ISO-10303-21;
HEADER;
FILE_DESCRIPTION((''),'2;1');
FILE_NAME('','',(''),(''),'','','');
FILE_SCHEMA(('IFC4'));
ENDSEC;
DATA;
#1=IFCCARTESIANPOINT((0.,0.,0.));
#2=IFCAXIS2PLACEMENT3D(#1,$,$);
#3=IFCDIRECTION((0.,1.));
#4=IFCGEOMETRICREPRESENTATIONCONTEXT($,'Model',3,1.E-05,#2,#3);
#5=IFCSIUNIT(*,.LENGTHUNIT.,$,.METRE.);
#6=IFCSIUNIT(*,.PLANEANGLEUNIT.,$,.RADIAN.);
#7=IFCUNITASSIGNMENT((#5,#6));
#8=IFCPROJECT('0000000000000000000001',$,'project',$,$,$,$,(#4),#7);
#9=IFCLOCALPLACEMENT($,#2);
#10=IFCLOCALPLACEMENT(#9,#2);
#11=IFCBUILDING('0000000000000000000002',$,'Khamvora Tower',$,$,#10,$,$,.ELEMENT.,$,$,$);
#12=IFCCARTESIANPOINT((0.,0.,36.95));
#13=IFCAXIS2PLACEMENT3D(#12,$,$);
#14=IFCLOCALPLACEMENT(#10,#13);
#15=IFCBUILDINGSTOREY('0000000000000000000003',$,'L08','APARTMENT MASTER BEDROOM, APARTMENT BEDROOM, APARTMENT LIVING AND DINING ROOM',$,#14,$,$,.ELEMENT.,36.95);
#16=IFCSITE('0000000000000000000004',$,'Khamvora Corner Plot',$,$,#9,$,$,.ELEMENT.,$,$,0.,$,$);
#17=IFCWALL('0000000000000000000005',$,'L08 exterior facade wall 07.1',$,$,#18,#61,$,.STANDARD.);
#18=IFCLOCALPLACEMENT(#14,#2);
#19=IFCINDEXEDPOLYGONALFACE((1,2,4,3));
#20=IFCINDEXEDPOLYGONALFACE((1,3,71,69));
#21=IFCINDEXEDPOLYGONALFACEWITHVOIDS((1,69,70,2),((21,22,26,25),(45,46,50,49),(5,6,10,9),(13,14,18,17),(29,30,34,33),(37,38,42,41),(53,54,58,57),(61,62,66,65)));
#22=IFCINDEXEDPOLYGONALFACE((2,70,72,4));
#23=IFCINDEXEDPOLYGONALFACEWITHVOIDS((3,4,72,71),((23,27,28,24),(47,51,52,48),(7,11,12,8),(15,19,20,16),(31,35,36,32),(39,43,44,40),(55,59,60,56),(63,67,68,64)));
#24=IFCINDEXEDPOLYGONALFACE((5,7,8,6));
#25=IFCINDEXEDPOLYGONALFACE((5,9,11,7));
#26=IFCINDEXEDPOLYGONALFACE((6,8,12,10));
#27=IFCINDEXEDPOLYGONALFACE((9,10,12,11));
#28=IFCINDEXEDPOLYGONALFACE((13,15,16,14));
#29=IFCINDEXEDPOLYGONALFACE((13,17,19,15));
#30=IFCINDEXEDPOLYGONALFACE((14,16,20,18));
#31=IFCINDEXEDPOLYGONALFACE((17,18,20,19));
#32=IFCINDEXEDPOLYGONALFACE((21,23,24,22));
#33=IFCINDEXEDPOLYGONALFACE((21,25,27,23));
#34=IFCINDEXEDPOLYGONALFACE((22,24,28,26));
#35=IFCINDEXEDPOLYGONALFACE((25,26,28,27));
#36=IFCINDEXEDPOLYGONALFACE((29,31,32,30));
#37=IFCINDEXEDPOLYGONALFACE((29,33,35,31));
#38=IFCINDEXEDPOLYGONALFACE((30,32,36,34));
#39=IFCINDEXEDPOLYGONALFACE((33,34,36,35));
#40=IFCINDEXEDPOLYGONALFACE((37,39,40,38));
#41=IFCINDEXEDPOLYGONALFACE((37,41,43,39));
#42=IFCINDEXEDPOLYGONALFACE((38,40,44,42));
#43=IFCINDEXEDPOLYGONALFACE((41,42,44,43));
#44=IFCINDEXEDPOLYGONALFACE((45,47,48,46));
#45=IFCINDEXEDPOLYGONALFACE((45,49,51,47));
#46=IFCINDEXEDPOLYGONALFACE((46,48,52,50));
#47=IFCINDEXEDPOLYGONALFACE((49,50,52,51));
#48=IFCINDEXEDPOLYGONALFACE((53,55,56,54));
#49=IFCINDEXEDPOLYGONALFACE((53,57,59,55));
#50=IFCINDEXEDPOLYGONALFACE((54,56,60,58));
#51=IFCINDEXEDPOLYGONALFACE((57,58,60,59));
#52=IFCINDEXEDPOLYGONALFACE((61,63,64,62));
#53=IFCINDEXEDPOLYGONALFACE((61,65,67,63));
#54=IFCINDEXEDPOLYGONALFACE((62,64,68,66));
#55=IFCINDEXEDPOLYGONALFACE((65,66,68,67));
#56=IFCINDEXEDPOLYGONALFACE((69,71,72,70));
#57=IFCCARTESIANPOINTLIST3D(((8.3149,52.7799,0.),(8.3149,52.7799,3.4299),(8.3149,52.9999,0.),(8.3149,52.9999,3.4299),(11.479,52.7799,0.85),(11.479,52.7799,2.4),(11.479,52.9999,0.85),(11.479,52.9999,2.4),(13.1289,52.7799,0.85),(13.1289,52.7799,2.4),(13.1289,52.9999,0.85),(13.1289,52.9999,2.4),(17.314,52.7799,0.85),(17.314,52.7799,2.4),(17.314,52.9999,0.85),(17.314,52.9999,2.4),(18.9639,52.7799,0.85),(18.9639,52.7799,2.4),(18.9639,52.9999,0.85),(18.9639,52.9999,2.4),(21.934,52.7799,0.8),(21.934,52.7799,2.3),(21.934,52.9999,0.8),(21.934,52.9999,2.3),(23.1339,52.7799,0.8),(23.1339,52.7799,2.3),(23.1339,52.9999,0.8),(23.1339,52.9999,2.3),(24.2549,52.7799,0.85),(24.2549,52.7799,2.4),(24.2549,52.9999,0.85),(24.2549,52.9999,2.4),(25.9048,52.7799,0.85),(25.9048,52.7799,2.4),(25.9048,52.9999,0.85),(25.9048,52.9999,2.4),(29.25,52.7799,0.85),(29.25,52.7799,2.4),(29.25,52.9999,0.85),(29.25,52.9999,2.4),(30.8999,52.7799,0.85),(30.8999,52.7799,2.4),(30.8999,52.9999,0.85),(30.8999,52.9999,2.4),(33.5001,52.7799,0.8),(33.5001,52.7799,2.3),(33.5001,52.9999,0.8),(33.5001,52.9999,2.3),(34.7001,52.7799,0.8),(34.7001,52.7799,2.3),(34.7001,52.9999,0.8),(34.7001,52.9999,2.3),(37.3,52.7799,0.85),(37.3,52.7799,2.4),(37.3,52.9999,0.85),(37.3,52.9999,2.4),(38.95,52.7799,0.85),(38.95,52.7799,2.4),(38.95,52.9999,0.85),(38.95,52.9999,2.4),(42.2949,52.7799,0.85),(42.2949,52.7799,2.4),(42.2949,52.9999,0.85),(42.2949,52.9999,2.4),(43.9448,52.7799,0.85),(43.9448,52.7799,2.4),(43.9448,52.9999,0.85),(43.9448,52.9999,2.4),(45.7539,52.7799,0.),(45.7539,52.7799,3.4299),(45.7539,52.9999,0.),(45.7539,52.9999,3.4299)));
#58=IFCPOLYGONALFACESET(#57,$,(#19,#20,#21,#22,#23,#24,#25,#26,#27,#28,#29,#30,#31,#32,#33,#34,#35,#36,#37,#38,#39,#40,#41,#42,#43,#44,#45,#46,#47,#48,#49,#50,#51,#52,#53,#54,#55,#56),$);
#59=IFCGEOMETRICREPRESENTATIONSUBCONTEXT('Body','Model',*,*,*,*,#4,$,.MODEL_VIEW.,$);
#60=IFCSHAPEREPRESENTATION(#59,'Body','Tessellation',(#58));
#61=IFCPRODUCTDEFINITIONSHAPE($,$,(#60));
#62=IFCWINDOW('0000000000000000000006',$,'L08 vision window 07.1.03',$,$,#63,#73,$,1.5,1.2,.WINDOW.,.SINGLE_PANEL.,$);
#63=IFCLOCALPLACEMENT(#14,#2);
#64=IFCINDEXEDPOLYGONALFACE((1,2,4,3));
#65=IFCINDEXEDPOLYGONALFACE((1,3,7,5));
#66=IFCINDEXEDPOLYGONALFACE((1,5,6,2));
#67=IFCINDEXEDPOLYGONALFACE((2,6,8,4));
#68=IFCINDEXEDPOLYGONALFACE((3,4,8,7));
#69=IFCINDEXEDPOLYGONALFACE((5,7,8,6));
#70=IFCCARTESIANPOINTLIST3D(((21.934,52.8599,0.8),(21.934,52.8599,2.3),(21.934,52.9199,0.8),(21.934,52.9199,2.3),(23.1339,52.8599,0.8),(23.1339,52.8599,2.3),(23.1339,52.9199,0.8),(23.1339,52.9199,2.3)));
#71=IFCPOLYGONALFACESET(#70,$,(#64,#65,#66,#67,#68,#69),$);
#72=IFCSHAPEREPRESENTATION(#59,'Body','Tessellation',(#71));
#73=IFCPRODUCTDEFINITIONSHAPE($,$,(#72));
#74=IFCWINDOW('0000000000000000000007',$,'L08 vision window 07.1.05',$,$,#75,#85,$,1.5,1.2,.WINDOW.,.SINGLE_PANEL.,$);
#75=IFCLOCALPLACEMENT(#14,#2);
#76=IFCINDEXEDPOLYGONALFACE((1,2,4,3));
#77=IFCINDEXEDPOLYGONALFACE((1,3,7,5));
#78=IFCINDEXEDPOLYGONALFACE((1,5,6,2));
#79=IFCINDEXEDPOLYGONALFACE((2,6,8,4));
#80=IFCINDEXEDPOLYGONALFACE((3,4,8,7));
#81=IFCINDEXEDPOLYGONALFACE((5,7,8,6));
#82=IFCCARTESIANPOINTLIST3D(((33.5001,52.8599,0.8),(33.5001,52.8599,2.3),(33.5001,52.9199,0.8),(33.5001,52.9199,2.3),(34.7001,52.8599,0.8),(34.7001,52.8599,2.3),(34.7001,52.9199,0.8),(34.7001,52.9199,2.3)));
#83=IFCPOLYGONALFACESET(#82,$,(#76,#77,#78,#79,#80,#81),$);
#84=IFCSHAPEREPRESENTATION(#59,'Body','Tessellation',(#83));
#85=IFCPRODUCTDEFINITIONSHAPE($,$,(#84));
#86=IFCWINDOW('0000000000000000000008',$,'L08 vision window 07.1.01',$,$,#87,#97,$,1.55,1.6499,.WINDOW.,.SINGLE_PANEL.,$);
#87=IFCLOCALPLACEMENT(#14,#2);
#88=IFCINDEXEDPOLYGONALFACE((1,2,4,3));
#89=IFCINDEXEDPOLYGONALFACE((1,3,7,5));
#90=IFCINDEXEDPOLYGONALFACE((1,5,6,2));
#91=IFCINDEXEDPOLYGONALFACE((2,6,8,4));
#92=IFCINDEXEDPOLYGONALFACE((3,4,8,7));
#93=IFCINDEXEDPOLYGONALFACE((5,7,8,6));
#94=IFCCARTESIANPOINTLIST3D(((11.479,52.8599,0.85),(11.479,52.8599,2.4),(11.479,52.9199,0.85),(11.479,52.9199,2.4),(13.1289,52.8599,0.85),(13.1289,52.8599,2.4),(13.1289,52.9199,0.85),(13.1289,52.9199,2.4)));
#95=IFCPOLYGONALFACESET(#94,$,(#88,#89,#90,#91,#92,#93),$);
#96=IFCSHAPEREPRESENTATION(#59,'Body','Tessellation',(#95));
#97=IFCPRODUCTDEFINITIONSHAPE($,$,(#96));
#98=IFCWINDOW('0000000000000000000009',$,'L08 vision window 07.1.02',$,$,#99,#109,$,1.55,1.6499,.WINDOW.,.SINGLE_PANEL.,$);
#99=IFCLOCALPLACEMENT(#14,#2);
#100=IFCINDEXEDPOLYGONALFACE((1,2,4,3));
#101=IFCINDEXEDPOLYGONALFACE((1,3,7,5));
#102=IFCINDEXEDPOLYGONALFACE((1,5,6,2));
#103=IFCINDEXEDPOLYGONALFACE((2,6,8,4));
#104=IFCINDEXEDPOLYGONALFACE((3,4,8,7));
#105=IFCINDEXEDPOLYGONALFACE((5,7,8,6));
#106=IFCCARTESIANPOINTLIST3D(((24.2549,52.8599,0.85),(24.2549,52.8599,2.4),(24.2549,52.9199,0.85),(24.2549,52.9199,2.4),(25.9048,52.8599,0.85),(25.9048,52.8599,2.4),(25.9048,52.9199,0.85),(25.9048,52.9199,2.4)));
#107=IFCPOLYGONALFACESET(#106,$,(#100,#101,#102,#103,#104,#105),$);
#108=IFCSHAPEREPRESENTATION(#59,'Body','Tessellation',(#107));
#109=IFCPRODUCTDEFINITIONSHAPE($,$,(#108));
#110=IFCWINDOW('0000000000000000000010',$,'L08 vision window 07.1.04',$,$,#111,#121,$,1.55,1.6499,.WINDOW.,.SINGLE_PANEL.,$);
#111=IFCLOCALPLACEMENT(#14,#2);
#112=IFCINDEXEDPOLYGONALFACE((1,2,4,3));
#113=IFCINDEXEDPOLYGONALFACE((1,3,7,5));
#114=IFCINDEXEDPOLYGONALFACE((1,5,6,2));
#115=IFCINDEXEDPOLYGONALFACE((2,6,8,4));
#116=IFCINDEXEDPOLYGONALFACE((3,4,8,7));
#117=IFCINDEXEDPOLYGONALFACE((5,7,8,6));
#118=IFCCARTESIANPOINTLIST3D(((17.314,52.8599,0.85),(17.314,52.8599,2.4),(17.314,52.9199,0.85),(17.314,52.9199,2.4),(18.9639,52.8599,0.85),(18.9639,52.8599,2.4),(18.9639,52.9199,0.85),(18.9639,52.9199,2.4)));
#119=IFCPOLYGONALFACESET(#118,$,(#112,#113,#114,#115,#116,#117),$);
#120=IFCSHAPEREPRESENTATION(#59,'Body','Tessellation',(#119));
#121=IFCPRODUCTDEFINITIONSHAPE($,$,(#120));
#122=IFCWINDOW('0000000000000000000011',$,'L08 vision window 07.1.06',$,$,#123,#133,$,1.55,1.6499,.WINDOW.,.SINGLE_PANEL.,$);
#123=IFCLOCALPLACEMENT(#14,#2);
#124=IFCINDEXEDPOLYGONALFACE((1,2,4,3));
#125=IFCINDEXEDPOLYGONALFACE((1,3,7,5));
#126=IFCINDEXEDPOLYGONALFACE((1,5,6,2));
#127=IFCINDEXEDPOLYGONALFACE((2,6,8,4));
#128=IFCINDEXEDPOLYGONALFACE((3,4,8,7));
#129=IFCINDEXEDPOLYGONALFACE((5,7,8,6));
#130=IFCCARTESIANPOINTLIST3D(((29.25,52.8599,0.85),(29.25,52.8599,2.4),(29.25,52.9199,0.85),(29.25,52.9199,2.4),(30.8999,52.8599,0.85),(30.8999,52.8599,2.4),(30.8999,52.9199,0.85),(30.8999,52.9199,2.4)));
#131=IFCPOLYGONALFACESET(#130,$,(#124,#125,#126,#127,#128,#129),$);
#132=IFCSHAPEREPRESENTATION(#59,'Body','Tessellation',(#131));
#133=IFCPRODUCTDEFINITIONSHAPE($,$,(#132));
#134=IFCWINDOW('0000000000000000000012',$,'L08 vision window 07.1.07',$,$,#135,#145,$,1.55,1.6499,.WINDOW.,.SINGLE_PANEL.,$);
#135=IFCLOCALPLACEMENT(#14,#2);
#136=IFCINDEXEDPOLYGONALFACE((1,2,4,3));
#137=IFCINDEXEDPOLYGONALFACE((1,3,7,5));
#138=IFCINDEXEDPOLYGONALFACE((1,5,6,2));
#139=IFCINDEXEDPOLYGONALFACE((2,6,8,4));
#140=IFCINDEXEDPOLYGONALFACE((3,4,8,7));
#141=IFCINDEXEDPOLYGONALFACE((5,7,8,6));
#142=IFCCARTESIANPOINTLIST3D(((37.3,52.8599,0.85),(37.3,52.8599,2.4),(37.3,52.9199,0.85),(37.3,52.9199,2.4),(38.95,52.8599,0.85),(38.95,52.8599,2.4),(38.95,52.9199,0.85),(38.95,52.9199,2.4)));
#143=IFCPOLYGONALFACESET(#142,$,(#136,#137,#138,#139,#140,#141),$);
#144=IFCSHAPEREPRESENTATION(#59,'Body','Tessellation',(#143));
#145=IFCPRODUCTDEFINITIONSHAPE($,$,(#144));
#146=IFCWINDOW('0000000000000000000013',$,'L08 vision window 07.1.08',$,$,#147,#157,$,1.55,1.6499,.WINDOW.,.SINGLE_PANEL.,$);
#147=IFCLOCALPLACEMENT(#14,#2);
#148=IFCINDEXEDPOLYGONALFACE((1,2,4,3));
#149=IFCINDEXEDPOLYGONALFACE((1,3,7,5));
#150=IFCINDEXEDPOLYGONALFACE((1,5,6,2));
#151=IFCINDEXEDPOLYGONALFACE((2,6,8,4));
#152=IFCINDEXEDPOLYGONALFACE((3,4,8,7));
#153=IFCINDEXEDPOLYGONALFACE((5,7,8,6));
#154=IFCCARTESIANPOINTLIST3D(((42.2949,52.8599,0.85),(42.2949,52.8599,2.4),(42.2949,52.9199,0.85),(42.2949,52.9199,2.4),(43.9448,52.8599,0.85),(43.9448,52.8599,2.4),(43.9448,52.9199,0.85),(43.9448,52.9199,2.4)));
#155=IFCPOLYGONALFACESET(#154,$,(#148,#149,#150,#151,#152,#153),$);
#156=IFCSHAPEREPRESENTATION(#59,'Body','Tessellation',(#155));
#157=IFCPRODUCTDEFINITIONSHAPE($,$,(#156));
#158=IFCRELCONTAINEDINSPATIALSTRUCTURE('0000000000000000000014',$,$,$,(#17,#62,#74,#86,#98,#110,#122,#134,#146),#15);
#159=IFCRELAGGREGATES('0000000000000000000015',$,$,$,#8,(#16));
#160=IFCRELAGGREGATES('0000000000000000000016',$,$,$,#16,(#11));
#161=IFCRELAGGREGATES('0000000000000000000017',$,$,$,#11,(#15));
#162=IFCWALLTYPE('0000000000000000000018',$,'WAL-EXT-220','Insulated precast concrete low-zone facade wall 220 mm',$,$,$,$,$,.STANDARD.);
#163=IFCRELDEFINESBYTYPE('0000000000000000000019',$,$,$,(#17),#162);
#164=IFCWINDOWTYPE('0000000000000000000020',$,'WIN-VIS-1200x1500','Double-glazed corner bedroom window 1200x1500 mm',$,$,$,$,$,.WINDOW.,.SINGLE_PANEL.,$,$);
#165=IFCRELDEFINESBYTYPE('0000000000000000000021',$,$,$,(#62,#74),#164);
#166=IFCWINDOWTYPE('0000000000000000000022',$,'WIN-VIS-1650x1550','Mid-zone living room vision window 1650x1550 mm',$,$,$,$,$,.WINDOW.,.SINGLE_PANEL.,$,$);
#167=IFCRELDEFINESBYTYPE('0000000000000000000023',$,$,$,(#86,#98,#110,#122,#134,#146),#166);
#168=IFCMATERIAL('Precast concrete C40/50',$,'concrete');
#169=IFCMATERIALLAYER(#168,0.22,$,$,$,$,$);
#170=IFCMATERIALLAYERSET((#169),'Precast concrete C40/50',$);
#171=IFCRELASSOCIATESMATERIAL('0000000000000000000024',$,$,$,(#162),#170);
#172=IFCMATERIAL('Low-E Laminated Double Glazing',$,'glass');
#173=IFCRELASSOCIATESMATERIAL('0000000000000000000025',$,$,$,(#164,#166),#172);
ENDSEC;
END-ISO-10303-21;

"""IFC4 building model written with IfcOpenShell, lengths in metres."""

from ifc_helpers import new_model, si_unit, direction, frame, frame_2d, origin, place, context, subcontext, project, spatial, rectangle, extrude, material, layer, layer_set, type_object, element, fill, save


model = new_model("IFC4")

# Units and contexts
model_context = context("Model", 3, precision=1e-05, world=origin(), true_north=direction((0.0, 1.0)))
body_context = subcontext(model_context, "Body", "Model", "MODEL_VIEW")
ifc_project = project(units=[si_unit("LENGTHUNIT", "METRE"), si_unit("PLANEANGLEUNIT", "RADIAN")], contexts=[model_context])

# Site, building, storey
site_placement = place(None, origin())
site = spatial("IfcSite", under=ifc_project, at=site_placement, Name="Khamvora Corner Plot", CompositionType="ELEMENT", RefElevation=0.0)
building_placement = place(site_placement, origin())
building = spatial("IfcBuilding", under=site, at=building_placement, Name="Khamvora Tower", CompositionType="ELEMENT")
storey_placement = place(building_placement, frame((0.0, 0.0, 36.95)))
storey = spatial("IfcBuildingStorey", under=building, at=storey_placement, Name="L08", Description="APARTMENT MASTER BEDROOM, APARTMENT BEDROOM, APARTMENT LIVING AND DINING ROOM", CompositionType="ELEMENT", Elevation=36.95)

# Shared definitions
ifc_material_1 = material(Name="Low-E Laminated Double Glazing", Category="glass")

# Shared definitions
ifc_material_2 = material(Name="Precast concrete C40/50", Category="concrete")
ifc_layer_1 = layer(ifc_material_2, 0.22)
ifc_layer_set_1 = layer_set([ifc_layer_1], Name="Precast concrete C40/50")
wall_type_1 = type_object("IfcWallType", Name="WAL-EXT-220", Description="Insulated precast concrete low-zone facade wall 220 mm", PredefinedType="STANDARD", material=ifc_layer_set_1)

# Wall, openings, windows
wall_1_placement = place(storey_placement, frame((8.3149, 52.8899, 0.0), z_axis=(0.0, 0.0, 1.0), x_axis=(1.0, 0.0, 0.0)))
wall_1 = element("IfcWall", 1, at=wall_1_placement, inside=storey, type_object=wall_type_1, Name="L08 exterior facade wall 07.1", PredefinedType="STANDARD", context=body_context, shape_type="SweptSolid", body=[
    extrude(rectangle(XDim=37.439, YDim=0.22, at=frame_2d((18.7195, 0.0))), origin(), (0.0, 0.0, 1.0), 3.4299),
])
opening_1_placement = place(wall_1_placement, frame((3.1641, 0.0, 0.8501)))
opening_1 = element("IfcOpeningElement", 2, at=opening_1_placement, cuts=wall_1, PredefinedType="OPENING", context=body_context, shape_type="SweptSolid", body=[
    extrude(rectangle(XDim=1.6499, YDim=1.55, at=frame_2d((0.825, 0.7749))), frame((0.0, 0.1199, 0.0), z_axis=(0.0, -1.0, 0.0), x_axis=(1.0, 0.0, 0.0)), (0.0, 0.0, 1.0), 0.24),
])
opening_2_placement = place(wall_1_placement, frame((15.9399, 0.0, 0.8501)))
opening_2 = element("IfcOpeningElement", 3, at=opening_2_placement, cuts=wall_1, PredefinedType="OPENING", context=body_context, shape_type="SweptSolid", body=[
    extrude(rectangle(XDim=1.6499, YDim=1.55, at=frame_2d((0.825, 0.7749))), frame((0.0, 0.1199, 0.0), z_axis=(0.0, -1.0, 0.0), x_axis=(1.0, 0.0, 0.0)), (0.0, 0.0, 1.0), 0.24),
])
opening_3_placement = place(wall_1_placement, frame((13.6189, 0.0, 0.8)))
opening_3 = element("IfcOpeningElement", 4, at=opening_3_placement, cuts=wall_1, PredefinedType="OPENING", context=body_context, shape_type="SweptSolid", body=[
    extrude(rectangle(XDim=1.2, YDim=1.5, at=frame_2d((0.6001, 0.75))), frame((0.0, 0.1199, 0.0), z_axis=(0.0, -1.0, 0.0), x_axis=(1.0, 0.0, 0.0)), (0.0, 0.0, 1.0), 0.24),
])
opening_4_placement = place(wall_1_placement, frame((8.999, 0.0, 0.8501)))
opening_4 = element("IfcOpeningElement", 5, at=opening_4_placement, cuts=wall_1, PredefinedType="OPENING", context=body_context, shape_type="SweptSolid", body=[
    extrude(rectangle(XDim=1.6499, YDim=1.55, at=frame_2d((0.825, 0.7749))), frame((0.0, 0.1199, 0.0), z_axis=(0.0, -1.0, 0.0), x_axis=(1.0, 0.0, 0.0)), (0.0, 0.0, 1.0), 0.24),
])
opening_5_placement = place(wall_1_placement, frame((25.1851, 0.0, 0.8)))
opening_5 = element("IfcOpeningElement", 6, at=opening_5_placement, cuts=wall_1, PredefinedType="OPENING", context=body_context, shape_type="SweptSolid", body=[
    extrude(rectangle(XDim=1.2, YDim=1.5, at=frame_2d((0.6001, 0.75))), frame((0.0, 0.1199, 0.0), z_axis=(0.0, -1.0, 0.0), x_axis=(1.0, 0.0, 0.0)), (0.0, 0.0, 1.0), 0.24),
])
opening_6_placement = place(wall_1_placement, frame((20.9351, 0.0, 0.8501)))
opening_6 = element("IfcOpeningElement", 7, at=opening_6_placement, cuts=wall_1, PredefinedType="OPENING", context=body_context, shape_type="SweptSolid", body=[
    extrude(rectangle(XDim=1.6499, YDim=1.55, at=frame_2d((0.825, 0.7749))), frame((0.0, 0.1199, 0.0), z_axis=(0.0, -1.0, 0.0), x_axis=(1.0, 0.0, 0.0)), (0.0, 0.0, 1.0), 0.24),
])
opening_7_placement = place(wall_1_placement, frame((28.9851, 0.0, 0.8501)))
opening_7 = element("IfcOpeningElement", 8, at=opening_7_placement, cuts=wall_1, PredefinedType="OPENING", context=body_context, shape_type="SweptSolid", body=[
    extrude(rectangle(XDim=1.6499, YDim=1.55, at=frame_2d((0.825, 0.7749))), frame((0.0, 0.1199, 0.0), z_axis=(0.0, -1.0, 0.0), x_axis=(1.0, 0.0, 0.0)), (0.0, 0.0, 1.0), 0.24),
])
opening_8_placement = place(wall_1_placement, frame((33.98, 0.0, 0.8501)))
opening_8 = element("IfcOpeningElement", 9, at=opening_8_placement, cuts=wall_1, PredefinedType="OPENING", context=body_context, shape_type="SweptSolid", body=[
    extrude(rectangle(XDim=1.6499, YDim=1.55, at=frame_2d((0.825, 0.7749))), frame((0.0, 0.1199, 0.0), z_axis=(0.0, -1.0, 0.0), x_axis=(1.0, 0.0, 0.0)), (0.0, 0.0, 1.0), 0.24),
])
window_type_1 = type_object("IfcWindowType", Name="WIN-VIS-1200x1500", Description="Double-glazed corner bedroom window 1200x1500 mm", PartitioningType="SINGLE_PANEL", PredefinedType="WINDOW", material=ifc_material_1)
window_1_placement = place(opening_3_placement, origin())
window_1 = element("IfcWindow", 10, at=window_1_placement, inside=storey, type_object=window_type_1, Name="L08 vision window 07.1.03", OverallHeight=1.5, OverallWidth=1.2, PartitioningType="SINGLE_PANEL", PredefinedType="WINDOW", context=body_context, shape_type="SweptSolid", body=[
    extrude(rectangle(XDim=1.2, YDim=1.5, at=frame_2d((0.6001, 0.75))), frame((0.0, 0.03, 0.0), z_axis=(0.0, -1.0, 0.0), x_axis=(1.0, 0.0, 0.0)), (0.0, 0.0, 1.0), 0.0601),
])
fill(opening_3, window_1)
window_2_placement = place(opening_5_placement, origin())
window_2 = element("IfcWindow", 11, at=window_2_placement, inside=storey, type_object=window_type_1, Name="L08 vision window 07.1.05", OverallHeight=1.5, OverallWidth=1.2, PartitioningType="SINGLE_PANEL", PredefinedType="WINDOW", context=body_context, shape_type="SweptSolid", body=[
    extrude(rectangle(XDim=1.2, YDim=1.5, at=frame_2d((0.6001, 0.75))), frame((0.0, 0.03, 0.0), z_axis=(0.0, -1.0, 0.0), x_axis=(1.0, 0.0, 0.0)), (0.0, 0.0, 1.0), 0.0601),
])
fill(opening_5, window_2)
window_type_2 = type_object("IfcWindowType", Name="WIN-VIS-1650x1550", Description="Mid-zone living room vision window 1650x1550 mm", PartitioningType="SINGLE_PANEL", PredefinedType="WINDOW", material=ifc_material_1)
window_3_placement = place(opening_1_placement, origin())
window_3 = element("IfcWindow", 12, at=window_3_placement, inside=storey, type_object=window_type_2, Name="L08 vision window 07.1.01", OverallHeight=1.55, OverallWidth=1.6499, PartitioningType="SINGLE_PANEL", PredefinedType="WINDOW", context=body_context, shape_type="SweptSolid", body=[
    extrude(rectangle(XDim=1.6499, YDim=1.55, at=frame_2d((0.825, 0.7749))), frame((0.0, 0.03, 0.0), z_axis=(0.0, -1.0, 0.0), x_axis=(1.0, 0.0, 0.0)), (0.0, 0.0, 1.0), 0.0601),
])
fill(opening_1, window_3)
window_4_placement = place(opening_2_placement, origin())
window_4 = element("IfcWindow", 13, at=window_4_placement, inside=storey, type_object=window_type_2, Name="L08 vision window 07.1.02", OverallHeight=1.55, OverallWidth=1.6499, PartitioningType="SINGLE_PANEL", PredefinedType="WINDOW", context=body_context, shape_type="SweptSolid", body=[
    extrude(rectangle(XDim=1.6499, YDim=1.55, at=frame_2d((0.825, 0.7749))), frame((0.0, 0.03, 0.0), z_axis=(0.0, -1.0, 0.0), x_axis=(1.0, 0.0, 0.0)), (0.0, 0.0, 1.0), 0.0601),
])
fill(opening_2, window_4)
window_5_placement = place(opening_4_placement, origin())
window_5 = element("IfcWindow", 14, at=window_5_placement, inside=storey, type_object=window_type_2, Name="L08 vision window 07.1.04", OverallHeight=1.55, OverallWidth=1.6499, PartitioningType="SINGLE_PANEL", PredefinedType="WINDOW", context=body_context, shape_type="SweptSolid", body=[
    extrude(rectangle(XDim=1.6499, YDim=1.55, at=frame_2d((0.825, 0.7749))), frame((0.0, 0.03, 0.0), z_axis=(0.0, -1.0, 0.0), x_axis=(1.0, 0.0, 0.0)), (0.0, 0.0, 1.0), 0.0601),
])
fill(opening_4, window_5)
window_6_placement = place(opening_6_placement, origin())
window_6 = element("IfcWindow", 15, at=window_6_placement, inside=storey, type_object=window_type_2, Name="L08 vision window 07.1.06", OverallHeight=1.55, OverallWidth=1.6499, PartitioningType="SINGLE_PANEL", PredefinedType="WINDOW", context=body_context, shape_type="SweptSolid", body=[
    extrude(rectangle(XDim=1.6499, YDim=1.55, at=frame_2d((0.825, 0.7749))), frame((0.0, 0.03, 0.0), z_axis=(0.0, -1.0, 0.0), x_axis=(1.0, 0.0, 0.0)), (0.0, 0.0, 1.0), 0.0601),
])
fill(opening_6, window_6)
window_7_placement = place(opening_7_placement, origin())
window_7 = element("IfcWindow", 16, at=window_7_placement, inside=storey, type_object=window_type_2, Name="L08 vision window 07.1.07", OverallHeight=1.55, OverallWidth=1.6499, PartitioningType="SINGLE_PANEL", PredefinedType="WINDOW", context=body_context, shape_type="SweptSolid", body=[
    extrude(rectangle(XDim=1.6499, YDim=1.55, at=frame_2d((0.825, 0.7749))), frame((0.0, 0.03, 0.0), z_axis=(0.0, -1.0, 0.0), x_axis=(1.0, 0.0, 0.0)), (0.0, 0.0, 1.0), 0.0601),
])
fill(opening_7, window_7)
window_8_placement = place(opening_8_placement, origin())
window_8 = element("IfcWindow", 17, at=window_8_placement, inside=storey, type_object=window_type_2, Name="L08 vision window 07.1.08", OverallHeight=1.55, OverallWidth=1.6499, PartitioningType="SINGLE_PANEL", PredefinedType="WINDOW", context=body_context, shape_type="SweptSolid", body=[
    extrude(rectangle(XDim=1.6499, YDim=1.55, at=frame_2d((0.825, 0.7749))), frame((0.0, 0.03, 0.0), z_axis=(0.0, -1.0, 0.0), x_axis=(1.0, 0.0, 0.0)), (0.0, 0.0, 1.0), 0.0601),
])
fill(opening_8, window_8)

save(model, "model.ifc")
